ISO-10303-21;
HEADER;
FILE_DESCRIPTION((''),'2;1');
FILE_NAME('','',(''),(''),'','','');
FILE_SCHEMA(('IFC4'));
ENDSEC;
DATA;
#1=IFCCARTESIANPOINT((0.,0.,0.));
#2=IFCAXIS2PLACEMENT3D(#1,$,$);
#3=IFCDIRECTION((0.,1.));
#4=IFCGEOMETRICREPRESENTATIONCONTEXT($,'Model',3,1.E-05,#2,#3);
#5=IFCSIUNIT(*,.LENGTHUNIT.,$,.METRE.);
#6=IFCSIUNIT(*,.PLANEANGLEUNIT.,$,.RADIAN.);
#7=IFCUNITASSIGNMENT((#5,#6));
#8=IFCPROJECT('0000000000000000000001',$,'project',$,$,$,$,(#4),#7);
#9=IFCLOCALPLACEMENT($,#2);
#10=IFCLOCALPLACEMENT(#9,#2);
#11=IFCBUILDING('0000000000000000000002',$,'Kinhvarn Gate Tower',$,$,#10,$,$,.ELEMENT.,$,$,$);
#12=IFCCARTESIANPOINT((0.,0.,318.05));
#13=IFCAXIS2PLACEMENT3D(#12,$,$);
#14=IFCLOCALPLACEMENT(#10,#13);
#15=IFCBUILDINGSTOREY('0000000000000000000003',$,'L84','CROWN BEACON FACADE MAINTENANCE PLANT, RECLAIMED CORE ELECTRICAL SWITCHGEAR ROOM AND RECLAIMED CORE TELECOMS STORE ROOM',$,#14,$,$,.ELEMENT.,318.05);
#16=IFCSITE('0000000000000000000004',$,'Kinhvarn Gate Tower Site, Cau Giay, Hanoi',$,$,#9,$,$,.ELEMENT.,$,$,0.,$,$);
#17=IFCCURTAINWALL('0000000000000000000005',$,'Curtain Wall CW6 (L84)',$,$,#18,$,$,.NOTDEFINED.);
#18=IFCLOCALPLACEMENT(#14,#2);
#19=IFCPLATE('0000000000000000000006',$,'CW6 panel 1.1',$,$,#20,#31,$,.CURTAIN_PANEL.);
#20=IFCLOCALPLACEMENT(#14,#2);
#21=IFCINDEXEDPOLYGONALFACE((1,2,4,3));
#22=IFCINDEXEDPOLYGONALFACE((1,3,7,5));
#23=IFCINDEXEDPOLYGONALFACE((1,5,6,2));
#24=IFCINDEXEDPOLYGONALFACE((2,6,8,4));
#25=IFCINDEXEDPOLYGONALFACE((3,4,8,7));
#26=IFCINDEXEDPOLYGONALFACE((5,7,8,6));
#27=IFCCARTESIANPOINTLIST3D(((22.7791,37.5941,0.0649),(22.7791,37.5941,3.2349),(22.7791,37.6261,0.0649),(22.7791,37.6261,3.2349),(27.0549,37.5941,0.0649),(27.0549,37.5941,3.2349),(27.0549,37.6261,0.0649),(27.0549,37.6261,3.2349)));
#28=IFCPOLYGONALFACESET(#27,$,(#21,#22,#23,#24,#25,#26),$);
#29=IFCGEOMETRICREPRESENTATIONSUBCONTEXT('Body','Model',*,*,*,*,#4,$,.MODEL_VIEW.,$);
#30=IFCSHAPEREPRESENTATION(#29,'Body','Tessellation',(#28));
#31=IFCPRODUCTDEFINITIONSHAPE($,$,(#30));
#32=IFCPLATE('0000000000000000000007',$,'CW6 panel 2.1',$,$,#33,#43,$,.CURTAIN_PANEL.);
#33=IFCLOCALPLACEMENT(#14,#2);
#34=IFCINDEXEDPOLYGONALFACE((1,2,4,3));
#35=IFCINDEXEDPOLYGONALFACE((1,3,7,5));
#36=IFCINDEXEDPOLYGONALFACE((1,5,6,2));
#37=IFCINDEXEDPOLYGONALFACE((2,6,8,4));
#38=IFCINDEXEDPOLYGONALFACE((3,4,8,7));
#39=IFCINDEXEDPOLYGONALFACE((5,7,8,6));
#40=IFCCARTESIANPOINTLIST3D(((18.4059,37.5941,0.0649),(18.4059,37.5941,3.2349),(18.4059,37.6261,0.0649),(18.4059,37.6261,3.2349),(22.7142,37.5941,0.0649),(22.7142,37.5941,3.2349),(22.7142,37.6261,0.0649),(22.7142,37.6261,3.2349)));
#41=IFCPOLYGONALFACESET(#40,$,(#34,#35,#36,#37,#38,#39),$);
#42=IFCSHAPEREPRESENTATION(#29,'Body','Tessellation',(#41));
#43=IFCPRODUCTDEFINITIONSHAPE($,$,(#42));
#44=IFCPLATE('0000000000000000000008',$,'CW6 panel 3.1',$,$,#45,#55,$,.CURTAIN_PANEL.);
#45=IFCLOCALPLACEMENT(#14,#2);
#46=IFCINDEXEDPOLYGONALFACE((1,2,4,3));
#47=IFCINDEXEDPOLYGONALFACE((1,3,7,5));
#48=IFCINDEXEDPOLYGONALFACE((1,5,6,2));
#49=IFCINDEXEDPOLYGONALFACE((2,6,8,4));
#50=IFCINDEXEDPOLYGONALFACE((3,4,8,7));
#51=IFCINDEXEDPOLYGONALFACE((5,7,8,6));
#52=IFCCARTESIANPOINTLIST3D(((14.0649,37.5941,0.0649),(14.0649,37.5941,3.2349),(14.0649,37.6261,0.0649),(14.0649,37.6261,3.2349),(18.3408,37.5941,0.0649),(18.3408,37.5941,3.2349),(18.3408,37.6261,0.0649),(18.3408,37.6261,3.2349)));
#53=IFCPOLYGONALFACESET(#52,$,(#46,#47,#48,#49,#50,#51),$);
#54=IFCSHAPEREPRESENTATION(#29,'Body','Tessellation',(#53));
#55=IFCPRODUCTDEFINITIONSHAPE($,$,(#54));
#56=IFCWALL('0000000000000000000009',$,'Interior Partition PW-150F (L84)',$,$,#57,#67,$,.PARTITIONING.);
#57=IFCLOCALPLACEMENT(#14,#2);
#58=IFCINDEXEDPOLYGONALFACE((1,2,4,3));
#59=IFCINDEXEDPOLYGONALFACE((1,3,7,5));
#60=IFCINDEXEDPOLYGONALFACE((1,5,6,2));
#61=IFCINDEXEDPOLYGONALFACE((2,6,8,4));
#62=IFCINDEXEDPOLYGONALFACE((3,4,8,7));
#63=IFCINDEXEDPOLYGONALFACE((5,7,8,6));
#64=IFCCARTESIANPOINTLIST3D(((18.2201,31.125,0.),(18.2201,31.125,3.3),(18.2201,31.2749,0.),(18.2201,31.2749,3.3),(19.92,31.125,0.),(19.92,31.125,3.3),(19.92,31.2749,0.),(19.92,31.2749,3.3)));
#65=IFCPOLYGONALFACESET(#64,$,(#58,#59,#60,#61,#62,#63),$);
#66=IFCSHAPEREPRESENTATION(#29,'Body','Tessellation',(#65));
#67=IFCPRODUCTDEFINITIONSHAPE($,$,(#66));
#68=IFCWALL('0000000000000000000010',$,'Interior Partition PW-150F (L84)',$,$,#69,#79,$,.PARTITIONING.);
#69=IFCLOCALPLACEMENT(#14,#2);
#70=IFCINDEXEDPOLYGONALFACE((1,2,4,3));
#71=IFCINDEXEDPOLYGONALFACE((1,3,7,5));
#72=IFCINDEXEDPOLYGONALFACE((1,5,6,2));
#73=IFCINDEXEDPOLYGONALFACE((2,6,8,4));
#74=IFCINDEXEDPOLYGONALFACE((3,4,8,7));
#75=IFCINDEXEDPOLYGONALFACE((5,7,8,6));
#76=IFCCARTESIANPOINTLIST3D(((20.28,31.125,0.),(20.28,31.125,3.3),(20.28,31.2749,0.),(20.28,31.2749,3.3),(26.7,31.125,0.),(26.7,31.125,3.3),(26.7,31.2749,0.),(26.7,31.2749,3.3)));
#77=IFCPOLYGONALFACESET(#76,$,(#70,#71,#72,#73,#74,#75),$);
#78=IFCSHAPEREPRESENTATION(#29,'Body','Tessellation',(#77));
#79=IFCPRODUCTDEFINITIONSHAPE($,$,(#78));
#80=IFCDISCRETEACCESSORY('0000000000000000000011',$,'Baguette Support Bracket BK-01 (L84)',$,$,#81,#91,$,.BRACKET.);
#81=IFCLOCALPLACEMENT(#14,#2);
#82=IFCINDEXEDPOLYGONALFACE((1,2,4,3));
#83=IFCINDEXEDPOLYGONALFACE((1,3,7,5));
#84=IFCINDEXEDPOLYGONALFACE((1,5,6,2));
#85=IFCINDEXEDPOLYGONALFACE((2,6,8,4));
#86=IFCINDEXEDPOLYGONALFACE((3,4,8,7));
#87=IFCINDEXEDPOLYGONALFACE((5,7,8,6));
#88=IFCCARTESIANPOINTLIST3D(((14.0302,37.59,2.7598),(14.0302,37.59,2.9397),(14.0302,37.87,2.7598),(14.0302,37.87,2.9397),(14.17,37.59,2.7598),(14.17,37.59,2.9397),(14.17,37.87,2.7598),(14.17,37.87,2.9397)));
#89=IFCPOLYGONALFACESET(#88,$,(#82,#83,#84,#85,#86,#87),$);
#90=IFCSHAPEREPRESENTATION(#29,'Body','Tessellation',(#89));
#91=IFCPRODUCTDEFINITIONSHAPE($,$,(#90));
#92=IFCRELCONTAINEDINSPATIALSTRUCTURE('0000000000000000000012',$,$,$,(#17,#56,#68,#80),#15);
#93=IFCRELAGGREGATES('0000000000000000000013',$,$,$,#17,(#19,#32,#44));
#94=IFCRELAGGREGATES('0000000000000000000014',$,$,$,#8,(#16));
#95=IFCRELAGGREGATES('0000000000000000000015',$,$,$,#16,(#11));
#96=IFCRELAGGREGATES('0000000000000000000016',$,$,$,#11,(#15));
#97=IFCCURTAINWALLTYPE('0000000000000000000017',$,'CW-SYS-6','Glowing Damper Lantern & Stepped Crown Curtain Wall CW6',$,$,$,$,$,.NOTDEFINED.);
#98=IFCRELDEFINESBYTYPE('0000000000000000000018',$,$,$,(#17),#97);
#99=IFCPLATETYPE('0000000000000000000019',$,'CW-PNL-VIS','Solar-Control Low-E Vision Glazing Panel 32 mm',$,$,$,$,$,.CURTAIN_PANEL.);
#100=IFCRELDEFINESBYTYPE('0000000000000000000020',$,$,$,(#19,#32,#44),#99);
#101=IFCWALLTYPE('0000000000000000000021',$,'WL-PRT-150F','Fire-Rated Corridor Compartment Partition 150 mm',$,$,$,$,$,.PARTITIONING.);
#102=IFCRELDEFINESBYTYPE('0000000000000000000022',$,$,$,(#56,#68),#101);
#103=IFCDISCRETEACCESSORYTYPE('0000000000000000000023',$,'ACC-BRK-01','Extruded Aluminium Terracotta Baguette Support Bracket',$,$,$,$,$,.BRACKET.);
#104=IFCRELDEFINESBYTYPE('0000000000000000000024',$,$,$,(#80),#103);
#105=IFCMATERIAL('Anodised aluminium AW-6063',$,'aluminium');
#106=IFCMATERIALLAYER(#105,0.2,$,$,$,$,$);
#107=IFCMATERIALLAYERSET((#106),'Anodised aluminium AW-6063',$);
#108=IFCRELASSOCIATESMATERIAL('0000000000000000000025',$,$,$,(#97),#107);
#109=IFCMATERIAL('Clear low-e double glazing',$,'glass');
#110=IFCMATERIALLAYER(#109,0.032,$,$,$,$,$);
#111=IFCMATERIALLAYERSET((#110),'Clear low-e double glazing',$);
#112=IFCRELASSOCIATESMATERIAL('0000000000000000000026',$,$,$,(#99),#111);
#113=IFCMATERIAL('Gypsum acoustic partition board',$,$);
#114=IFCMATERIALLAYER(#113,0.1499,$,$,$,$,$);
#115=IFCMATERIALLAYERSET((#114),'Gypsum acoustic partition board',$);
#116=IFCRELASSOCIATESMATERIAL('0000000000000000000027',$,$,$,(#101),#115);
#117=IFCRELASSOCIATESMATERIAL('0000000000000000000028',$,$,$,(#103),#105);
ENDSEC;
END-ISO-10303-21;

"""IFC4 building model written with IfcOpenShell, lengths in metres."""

from ifc_helpers import new_model, si_unit, direction, frame, frame_2d, origin, origin_2d, place, context, subcontext, project, spatial, rectangle, extrude, material, layer, layer_set, type_object, element, aggregate, save


model = new_model("IFC4")

# Units and contexts
model_context = context("Model", 3, precision=1e-05, world=origin(), true_north=direction((0.0, 1.0)))
body_context = subcontext(model_context, "Body", "Model", "MODEL_VIEW")
ifc_project = project(units=[si_unit("LENGTHUNIT", "METRE"), si_unit("PLANEANGLEUNIT", "RADIAN")], contexts=[model_context])

# Site, building, storey
site_placement = place(None, origin())
site = spatial("IfcSite", under=ifc_project, at=site_placement, Name="Kinhvarn Gate Tower Site, Cau Giay, Hanoi", CompositionType="ELEMENT", RefElevation=0.0)
building_placement = place(site_placement, origin())
building = spatial("IfcBuilding", under=site, at=building_placement, Name="Kinhvarn Gate Tower", CompositionType="ELEMENT")
storey_placement = place(building_placement, frame((0.0, 0.0, 318.05)))
storey = spatial("IfcBuildingStorey", under=building, at=storey_placement, Name="L84", Description="CROWN BEACON FACADE MAINTENANCE PLANT, RECLAIMED CORE ELECTRICAL SWITCHGEAR ROOM AND RECLAIMED CORE TELECOMS STORE ROOM", CompositionType="ELEMENT", Elevation=318.05)

# Curtain wall
ifc_material_1 = material(Name="Anodised aluminium AW-6063", Category="aluminium")
ifc_layer_1 = layer(ifc_material_1, 0.2)
ifc_layer_set_1 = layer_set([ifc_layer_1], Name="Anodised aluminium AW-6063")
curtain_wall_type = type_object("IfcCurtainWallType", Name="CW-SYS-6", Description="Glowing Damper Lantern & Stepped Crown Curtain Wall CW6", PredefinedType="NOTDEFINED", material=ifc_layer_set_1)
curtain_wall_placement = place(storey_placement, origin())
curtain_wall = element("IfcCurtainWall", 1, at=curtain_wall_placement, inside=storey, type_object=curtain_wall_type, Name="Curtain Wall CW6 (L84)", PredefinedType="NOTDEFINED")

# Plates
ifc_material_2 = material(Name="Clear low-e double glazing", Category="glass")
ifc_layer_2 = layer(ifc_material_2, 0.032)
ifc_layer_set_2 = layer_set([ifc_layer_2], Name="Clear low-e double glazing")
plate_type = type_object("IfcPlateType", Name="CW-PNL-VIS", Description="Solar-Control Low-E Vision Glazing Panel 32 mm", PredefinedType="CURTAIN_PANEL", material=ifc_layer_set_2)
plate_1_placement = place(storey_placement, frame((24.917, 37.6101, 0.0649), z_axis=(0.0, 0.0, 1.0), x_axis=(-1.0, 0.0, 0.0)))
plate_1 = element("IfcPlate", 2, at=plate_1_placement, type_object=plate_type, Name="CW6 panel 1.1", PredefinedType="CURTAIN_PANEL", context=body_context, shape_type="SweptSolid", body=[
    extrude(rectangle(XDim=4.2759, YDim=0.032, at=origin_2d()), origin(), (0.0, 0.0, 1.0), 3.1699),
])
plate_2_placement = place(storey_placement, frame((20.5601, 37.6101, 0.0649), z_axis=(0.0, 0.0, 1.0), x_axis=(-1.0, 0.0, 0.0)))
plate_2 = element("IfcPlate", 3, at=plate_2_placement, type_object=plate_type, Name="CW6 panel 2.1", PredefinedType="CURTAIN_PANEL", context=body_context, shape_type="SweptSolid", body=[
    extrude(rectangle(XDim=4.3083, YDim=0.032, at=origin_2d()), origin(), (0.0, 0.0, 1.0), 3.1699),
])
plate_3_placement = place(storey_placement, frame((16.2029, 37.6101, 0.0649), z_axis=(0.0, 0.0, 1.0), x_axis=(-1.0, 0.0, 0.0)))
plate_3 = element("IfcPlate", 4, at=plate_3_placement, type_object=plate_type, Name="CW6 panel 3.1", PredefinedType="CURTAIN_PANEL", context=body_context, shape_type="SweptSolid", body=[
    extrude(rectangle(XDim=4.2759, YDim=0.032, at=origin_2d()), origin(), (0.0, 0.0, 1.0), 3.1699),
])
aggregate(curtain_wall, [plate_1, plate_2, plate_3])

# Walls
ifc_material_3 = material(Name="Gypsum acoustic partition board")
ifc_layer_3 = layer(ifc_material_3, 0.1499)
ifc_layer_set_3 = layer_set([ifc_layer_3], Name="Gypsum acoustic partition board")
wall_type_1 = type_object("IfcWallType", Name="WL-PRT-150F", Description="Fire-Rated Corridor Compartment Partition 150 mm", PredefinedType="PARTITIONING", material=ifc_layer_set_3)
wall_1_placement = place(storey_placement, frame((18.22, 31.2, 0.0), z_axis=(0.0, 0.0, 1.0), x_axis=(1.0, 0.0, 0.0)))
element("IfcWall", 5, at=wall_1_placement, inside=storey, type_object=wall_type_1, Name="Interior Partition PW-150F (L84)", PredefinedType="PARTITIONING", context=body_context, shape_type="SweptSolid", body=[
    extrude(rectangle(XDim=1.7, YDim=0.1499, at=frame_2d((0.8501, 0.0))), origin(), (0.0, 0.0, 1.0), 3.3),
])
wall_2_placement = place(storey_placement, frame((20.28, 31.2, 0.0), z_axis=(0.0, 0.0, 1.0), x_axis=(1.0, 0.0, 0.0)))
element("IfcWall", 6, at=wall_2_placement, inside=storey, type_object=wall_type_1, Name="Interior Partition PW-150F (L84)", PredefinedType="PARTITIONING", context=body_context, shape_type="SweptSolid", body=[
    extrude(rectangle(XDim=6.4199, YDim=0.1499, at=frame_2d((3.21, 0.0))), origin(), (0.0, 0.0, 1.0), 3.3),
])

# Discrete accessory
discrete_accessory_type = type_object("IfcDiscreteAccessoryType", Name="ACC-BRK-01", Description="Extruded Aluminium Terracotta Baguette Support Bracket", PredefinedType="BRACKET", material=ifc_material_1)
discrete_accessory_placement = place(storey_placement, frame((14.1001, 37.73, 2.7598), z_axis=(0.0, 0.0, 1.0), x_axis=(-1.0, 0.0, 0.0)))
element("IfcDiscreteAccessory", 7, at=discrete_accessory_placement, inside=storey, type_object=discrete_accessory_type, Name="Baguette Support Bracket BK-01 (L84)", PredefinedType="BRACKET", context=body_context, shape_type="SweptSolid", body=[
    extrude(rectangle(XDim=0.1399, YDim=0.28, at=origin_2d()), origin(), (0.0, 0.0, 1.0), 0.1799),
])

save(model, "model.ifc")
